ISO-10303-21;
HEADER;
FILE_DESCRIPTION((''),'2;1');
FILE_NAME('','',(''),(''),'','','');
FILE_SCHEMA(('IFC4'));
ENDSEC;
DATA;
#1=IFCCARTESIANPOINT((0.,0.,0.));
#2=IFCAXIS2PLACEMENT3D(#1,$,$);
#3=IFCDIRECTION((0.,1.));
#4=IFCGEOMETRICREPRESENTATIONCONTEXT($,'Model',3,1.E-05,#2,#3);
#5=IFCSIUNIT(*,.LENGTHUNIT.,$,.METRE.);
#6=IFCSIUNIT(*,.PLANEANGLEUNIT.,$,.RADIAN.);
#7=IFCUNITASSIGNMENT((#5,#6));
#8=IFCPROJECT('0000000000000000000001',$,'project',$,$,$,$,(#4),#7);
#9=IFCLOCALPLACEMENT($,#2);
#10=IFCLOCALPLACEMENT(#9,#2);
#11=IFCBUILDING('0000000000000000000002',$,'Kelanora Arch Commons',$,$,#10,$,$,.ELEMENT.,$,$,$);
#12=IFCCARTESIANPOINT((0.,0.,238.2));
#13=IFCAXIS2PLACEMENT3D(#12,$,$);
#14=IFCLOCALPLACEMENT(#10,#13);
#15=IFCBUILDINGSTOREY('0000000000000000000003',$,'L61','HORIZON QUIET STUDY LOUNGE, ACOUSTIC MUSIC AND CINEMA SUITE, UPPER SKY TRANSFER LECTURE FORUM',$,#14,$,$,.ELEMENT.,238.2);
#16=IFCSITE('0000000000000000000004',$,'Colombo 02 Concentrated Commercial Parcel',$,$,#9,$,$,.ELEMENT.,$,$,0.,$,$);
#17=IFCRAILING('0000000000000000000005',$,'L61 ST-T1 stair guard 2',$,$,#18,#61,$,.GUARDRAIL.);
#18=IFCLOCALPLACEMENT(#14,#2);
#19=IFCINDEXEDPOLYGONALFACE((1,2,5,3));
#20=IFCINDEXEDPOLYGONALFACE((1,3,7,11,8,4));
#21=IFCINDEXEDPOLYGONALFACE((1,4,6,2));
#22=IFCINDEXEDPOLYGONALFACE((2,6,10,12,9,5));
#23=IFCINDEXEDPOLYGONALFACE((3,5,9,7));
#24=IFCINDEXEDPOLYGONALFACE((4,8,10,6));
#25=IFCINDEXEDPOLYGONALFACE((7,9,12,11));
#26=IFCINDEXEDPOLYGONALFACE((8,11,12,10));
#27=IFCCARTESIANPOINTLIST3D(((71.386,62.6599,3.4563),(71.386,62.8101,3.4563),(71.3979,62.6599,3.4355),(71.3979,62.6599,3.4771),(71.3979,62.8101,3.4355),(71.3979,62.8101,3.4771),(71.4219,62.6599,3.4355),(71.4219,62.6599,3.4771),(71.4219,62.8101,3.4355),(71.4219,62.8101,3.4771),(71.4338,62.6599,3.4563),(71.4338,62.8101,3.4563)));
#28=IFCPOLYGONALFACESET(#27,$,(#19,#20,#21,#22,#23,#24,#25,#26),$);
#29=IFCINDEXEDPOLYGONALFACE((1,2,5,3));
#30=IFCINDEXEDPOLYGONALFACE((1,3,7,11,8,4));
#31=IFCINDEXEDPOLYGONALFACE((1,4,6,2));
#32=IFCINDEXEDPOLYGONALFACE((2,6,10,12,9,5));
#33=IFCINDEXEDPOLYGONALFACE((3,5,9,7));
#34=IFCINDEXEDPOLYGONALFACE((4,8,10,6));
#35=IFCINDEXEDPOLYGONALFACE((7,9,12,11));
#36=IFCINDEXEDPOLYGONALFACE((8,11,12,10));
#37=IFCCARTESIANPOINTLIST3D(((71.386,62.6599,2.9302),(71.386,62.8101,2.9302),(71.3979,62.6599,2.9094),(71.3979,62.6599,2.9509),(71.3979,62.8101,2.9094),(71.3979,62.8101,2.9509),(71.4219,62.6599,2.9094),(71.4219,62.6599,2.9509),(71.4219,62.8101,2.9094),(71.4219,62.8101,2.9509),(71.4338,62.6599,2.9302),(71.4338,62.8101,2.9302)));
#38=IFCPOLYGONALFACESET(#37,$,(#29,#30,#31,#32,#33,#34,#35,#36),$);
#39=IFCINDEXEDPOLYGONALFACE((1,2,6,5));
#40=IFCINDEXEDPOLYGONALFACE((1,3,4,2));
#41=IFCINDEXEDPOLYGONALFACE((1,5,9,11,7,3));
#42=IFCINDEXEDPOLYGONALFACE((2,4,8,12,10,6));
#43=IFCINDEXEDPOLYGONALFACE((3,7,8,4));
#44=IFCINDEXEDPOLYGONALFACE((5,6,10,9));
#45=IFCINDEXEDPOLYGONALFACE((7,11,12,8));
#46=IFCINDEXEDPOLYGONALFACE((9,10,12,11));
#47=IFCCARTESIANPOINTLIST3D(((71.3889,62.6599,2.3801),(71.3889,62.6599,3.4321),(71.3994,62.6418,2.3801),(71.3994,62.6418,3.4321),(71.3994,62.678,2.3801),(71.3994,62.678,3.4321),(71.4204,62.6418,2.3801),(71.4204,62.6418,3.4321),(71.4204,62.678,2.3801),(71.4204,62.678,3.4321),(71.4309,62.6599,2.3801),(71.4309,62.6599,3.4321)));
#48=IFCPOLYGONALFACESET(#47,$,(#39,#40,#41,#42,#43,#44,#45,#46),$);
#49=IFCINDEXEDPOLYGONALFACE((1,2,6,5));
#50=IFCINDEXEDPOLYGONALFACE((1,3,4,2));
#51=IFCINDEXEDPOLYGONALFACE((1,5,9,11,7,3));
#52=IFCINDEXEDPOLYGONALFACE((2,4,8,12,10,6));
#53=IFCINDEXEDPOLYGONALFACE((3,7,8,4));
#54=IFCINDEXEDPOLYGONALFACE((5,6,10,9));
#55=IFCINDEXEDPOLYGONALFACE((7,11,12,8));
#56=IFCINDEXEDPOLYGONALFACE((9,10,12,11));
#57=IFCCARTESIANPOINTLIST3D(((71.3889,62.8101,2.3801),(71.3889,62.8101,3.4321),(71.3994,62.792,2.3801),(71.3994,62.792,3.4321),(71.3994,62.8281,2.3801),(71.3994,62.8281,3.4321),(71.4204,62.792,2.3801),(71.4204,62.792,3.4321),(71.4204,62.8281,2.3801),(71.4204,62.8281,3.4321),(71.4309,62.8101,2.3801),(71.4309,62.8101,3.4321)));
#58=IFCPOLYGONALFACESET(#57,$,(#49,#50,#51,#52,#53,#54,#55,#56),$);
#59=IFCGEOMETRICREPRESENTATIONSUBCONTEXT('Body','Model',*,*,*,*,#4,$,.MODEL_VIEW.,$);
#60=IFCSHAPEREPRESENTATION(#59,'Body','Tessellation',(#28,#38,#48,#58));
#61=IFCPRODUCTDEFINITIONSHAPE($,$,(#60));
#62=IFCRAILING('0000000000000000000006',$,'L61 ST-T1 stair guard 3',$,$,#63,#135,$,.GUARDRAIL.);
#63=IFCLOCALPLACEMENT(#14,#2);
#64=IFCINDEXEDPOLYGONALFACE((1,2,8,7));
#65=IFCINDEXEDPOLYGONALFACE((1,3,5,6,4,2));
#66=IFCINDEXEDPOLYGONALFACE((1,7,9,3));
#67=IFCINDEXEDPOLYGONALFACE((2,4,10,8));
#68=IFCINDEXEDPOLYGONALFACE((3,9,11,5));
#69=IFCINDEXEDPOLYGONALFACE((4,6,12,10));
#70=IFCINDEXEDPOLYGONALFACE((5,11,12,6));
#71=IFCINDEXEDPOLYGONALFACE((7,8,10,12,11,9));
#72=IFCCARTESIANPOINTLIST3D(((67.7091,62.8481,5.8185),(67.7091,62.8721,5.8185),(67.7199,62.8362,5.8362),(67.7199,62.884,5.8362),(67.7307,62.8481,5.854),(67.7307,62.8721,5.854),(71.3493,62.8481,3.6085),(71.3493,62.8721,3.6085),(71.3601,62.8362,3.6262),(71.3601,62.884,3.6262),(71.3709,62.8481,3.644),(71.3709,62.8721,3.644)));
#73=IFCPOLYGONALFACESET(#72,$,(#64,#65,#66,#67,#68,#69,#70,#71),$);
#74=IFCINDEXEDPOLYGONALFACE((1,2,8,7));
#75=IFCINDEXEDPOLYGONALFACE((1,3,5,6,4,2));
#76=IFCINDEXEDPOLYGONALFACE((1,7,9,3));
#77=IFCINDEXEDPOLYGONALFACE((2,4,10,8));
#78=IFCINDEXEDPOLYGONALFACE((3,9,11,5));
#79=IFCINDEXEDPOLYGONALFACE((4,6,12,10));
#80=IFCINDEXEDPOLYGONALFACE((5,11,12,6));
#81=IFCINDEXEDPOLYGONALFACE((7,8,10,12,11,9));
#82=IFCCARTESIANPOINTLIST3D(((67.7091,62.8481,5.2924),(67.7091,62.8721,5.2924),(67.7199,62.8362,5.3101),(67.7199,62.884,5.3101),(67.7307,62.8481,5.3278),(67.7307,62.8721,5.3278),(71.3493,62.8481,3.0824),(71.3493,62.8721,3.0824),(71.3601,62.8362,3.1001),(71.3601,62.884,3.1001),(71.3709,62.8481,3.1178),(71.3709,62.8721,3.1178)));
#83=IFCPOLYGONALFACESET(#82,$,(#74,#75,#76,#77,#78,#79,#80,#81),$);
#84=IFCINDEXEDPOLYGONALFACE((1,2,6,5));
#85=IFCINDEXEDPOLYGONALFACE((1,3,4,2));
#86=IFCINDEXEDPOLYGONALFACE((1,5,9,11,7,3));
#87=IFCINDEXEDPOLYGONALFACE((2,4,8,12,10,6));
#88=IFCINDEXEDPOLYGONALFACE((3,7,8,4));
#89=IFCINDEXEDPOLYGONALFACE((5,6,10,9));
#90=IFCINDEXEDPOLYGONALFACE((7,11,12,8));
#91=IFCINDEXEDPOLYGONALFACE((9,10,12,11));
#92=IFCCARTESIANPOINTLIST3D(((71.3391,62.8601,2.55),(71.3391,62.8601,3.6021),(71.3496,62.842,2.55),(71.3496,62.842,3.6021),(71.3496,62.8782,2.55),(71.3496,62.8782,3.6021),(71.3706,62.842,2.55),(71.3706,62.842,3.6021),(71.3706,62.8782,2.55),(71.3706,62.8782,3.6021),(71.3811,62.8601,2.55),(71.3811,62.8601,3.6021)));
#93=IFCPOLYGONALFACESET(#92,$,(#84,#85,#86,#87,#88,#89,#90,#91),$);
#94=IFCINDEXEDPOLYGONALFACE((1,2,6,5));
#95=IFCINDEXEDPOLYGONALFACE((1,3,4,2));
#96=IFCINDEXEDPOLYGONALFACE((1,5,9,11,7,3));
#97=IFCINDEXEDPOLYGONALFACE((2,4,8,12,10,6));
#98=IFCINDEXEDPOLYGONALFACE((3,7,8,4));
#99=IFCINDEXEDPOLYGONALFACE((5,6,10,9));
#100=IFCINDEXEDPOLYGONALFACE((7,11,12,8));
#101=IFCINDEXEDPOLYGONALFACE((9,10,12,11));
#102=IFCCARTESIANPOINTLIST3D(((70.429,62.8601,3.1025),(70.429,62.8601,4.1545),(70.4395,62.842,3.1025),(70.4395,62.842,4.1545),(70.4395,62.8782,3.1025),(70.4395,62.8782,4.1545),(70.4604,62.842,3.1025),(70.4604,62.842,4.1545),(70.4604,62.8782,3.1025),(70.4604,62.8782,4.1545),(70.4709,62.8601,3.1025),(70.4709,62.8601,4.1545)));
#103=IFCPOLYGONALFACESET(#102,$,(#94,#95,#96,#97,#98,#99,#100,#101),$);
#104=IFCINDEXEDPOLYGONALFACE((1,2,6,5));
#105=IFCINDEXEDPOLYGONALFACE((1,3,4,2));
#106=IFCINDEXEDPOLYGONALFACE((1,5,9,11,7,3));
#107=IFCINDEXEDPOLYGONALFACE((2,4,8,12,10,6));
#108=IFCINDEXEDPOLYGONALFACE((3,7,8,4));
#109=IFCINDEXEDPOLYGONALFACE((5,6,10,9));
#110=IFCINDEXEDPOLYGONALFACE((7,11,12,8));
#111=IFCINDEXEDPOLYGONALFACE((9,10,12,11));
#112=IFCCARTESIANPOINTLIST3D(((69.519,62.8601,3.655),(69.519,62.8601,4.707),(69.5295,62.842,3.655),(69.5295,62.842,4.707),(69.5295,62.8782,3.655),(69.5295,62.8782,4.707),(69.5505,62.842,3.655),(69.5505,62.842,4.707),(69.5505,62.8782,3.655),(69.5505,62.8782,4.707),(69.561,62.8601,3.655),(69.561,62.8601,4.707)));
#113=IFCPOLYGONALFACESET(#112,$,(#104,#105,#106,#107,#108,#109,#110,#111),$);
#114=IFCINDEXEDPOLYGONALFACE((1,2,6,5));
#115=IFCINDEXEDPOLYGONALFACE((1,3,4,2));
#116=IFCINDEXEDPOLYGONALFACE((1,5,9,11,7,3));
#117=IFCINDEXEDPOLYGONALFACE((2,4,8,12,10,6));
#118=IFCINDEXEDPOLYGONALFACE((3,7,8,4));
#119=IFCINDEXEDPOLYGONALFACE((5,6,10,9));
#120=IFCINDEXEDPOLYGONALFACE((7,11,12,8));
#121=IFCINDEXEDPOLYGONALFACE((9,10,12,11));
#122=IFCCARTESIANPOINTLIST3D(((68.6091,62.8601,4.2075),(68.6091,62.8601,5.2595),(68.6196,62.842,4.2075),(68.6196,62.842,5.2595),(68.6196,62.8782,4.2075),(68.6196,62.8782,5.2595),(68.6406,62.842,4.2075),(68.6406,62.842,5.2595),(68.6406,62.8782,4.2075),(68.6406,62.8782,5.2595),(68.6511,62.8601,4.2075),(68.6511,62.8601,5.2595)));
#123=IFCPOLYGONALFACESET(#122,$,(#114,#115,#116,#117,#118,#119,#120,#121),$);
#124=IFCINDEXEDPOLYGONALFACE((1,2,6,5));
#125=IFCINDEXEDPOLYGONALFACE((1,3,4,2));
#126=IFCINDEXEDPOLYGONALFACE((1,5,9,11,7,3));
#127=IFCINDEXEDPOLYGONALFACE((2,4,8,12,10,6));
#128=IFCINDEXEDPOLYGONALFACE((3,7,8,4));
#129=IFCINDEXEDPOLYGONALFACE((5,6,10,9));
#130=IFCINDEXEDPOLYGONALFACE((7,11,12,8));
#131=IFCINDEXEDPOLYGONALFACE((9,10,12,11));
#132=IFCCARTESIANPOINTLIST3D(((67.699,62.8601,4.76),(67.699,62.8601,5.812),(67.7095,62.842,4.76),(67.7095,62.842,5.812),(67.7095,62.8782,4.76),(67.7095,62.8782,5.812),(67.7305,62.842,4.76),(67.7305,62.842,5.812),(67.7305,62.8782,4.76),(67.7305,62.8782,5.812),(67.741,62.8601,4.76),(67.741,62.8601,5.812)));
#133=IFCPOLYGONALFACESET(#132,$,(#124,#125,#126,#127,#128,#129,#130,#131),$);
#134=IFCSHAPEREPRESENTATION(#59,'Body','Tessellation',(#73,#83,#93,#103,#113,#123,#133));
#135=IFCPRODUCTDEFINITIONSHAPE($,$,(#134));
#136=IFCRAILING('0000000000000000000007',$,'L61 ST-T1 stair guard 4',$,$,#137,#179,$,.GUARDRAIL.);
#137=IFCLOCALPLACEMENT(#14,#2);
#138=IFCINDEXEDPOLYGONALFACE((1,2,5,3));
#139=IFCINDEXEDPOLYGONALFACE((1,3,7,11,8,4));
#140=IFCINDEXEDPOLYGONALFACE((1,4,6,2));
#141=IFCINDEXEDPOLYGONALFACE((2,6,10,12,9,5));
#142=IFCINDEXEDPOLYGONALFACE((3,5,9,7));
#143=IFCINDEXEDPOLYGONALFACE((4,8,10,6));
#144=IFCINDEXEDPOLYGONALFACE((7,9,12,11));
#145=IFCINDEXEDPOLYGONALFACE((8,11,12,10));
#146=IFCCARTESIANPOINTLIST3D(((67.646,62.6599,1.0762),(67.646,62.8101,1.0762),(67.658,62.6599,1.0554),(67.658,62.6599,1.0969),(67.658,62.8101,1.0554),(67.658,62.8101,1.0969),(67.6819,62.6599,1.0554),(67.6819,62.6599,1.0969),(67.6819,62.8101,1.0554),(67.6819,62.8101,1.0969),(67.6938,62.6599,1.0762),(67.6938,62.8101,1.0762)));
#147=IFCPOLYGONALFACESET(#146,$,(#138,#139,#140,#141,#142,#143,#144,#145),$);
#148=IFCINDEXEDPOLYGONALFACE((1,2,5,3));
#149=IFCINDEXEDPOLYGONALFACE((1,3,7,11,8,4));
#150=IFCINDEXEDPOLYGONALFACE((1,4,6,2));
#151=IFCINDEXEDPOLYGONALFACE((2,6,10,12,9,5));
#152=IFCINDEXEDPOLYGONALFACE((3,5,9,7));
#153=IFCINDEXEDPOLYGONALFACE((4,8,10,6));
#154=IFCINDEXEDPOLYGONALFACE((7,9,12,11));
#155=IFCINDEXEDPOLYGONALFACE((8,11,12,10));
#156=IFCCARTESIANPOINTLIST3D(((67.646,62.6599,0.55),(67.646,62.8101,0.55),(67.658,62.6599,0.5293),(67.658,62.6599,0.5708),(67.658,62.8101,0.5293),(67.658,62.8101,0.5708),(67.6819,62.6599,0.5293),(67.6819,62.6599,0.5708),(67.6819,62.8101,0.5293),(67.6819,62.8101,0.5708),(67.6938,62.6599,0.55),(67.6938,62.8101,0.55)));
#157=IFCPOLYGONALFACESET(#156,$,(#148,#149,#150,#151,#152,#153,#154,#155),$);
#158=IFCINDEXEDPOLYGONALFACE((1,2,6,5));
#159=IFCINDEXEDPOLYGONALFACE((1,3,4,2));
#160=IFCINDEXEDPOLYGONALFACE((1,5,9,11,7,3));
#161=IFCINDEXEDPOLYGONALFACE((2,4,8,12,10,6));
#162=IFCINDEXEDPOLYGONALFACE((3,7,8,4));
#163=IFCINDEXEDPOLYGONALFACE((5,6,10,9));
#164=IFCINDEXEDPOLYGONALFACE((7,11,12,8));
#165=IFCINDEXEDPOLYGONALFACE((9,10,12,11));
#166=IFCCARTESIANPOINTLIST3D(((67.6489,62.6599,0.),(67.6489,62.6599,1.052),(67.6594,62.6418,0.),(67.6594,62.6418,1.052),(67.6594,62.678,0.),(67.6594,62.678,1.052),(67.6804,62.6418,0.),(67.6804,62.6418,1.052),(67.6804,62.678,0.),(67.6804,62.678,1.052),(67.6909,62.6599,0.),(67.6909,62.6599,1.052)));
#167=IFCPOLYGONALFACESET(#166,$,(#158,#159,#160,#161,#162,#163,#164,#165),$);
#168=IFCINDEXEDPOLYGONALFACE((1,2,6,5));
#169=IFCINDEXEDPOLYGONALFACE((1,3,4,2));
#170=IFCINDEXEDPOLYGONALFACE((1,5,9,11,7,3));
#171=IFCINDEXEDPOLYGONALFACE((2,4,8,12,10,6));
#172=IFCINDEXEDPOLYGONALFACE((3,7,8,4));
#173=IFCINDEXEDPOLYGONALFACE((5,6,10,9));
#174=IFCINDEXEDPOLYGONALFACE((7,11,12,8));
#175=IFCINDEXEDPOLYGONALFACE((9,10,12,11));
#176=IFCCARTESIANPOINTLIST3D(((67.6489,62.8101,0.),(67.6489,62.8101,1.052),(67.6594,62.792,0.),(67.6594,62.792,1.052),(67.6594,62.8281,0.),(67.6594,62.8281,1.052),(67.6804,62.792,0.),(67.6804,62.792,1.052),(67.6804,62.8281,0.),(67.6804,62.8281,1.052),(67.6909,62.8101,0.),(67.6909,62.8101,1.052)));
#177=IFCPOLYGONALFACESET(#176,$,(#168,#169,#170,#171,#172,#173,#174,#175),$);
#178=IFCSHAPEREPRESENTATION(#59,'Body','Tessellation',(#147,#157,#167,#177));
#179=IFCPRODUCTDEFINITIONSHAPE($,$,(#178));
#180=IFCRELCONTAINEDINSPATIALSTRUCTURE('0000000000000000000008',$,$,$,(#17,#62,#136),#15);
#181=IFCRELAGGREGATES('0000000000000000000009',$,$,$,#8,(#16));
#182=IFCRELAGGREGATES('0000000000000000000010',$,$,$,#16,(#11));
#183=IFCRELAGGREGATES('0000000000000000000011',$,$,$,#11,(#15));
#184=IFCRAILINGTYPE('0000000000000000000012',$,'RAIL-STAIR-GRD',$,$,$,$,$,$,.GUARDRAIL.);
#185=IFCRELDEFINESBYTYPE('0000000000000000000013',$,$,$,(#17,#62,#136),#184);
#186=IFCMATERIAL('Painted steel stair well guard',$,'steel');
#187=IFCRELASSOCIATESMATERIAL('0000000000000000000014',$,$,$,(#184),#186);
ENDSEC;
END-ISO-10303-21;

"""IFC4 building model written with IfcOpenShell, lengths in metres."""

from ifc_helpers import new_model, si_unit, direction, frame, origin, place, context, subcontext, project, spatial, polyline, outline, extrude, material, type_object, element, save


model = new_model("IFC4")

# Units and contexts
model_context = context("Model", 3, precision=1e-05, world=origin(), true_north=direction((0.0, 1.0)))
body_context = subcontext(model_context, "Body", "Model", "MODEL_VIEW")
ifc_project = project(units=[si_unit("LENGTHUNIT", "METRE"), si_unit("PLANEANGLEUNIT", "RADIAN")], contexts=[model_context])

# Site, building, storey
site_placement = place(None, origin())
site = spatial("IfcSite", under=ifc_project, at=site_placement, Name="Colombo 02 Concentrated Commercial Parcel", CompositionType="ELEMENT", RefElevation=0.0)
building_placement = place(site_placement, origin())
building = spatial("IfcBuilding", under=site, at=building_placement, Name="Kelanora Arch Commons", CompositionType="ELEMENT")
storey_placement = place(building_placement, frame((0.0, 0.0, 238.2)))
storey = spatial("IfcBuildingStorey", under=building, at=storey_placement, Name="L61", Description="HORIZON QUIET STUDY LOUNGE, ACOUSTIC MUSIC AND CINEMA SUITE, UPPER SKY TRANSFER LECTURE FORUM", CompositionType="ELEMENT", Elevation=238.2)

# Railings
ifc_material_1 = material(Name="Painted steel stair well guard", Category="steel")
railing_type_1 = type_object("IfcRailingType", Name="RAIL-STAIR-GRD", PredefinedType="GUARDRAIL", material=ifc_material_1)
railing_1_placement = place(storey_placement, frame((71.4099, 62.6599, 2.3801)))
element("IfcRailing", 1, at=railing_1_placement, inside=storey, type_object=railing_type_1, Name="L61 ST-T1 stair guard 2", PredefinedType="GUARDRAIL", context=body_context, shape_type="SweptSolid", body=[
    extrude(outline(polyline([(0.0239, 0.0), (0.012, 0.0208), (-0.012, 0.0208), (-0.0239, 0.0), (-0.012, -0.0208), (0.012, -0.0208), (0.0239, 0.0)])), frame((0.0, 0.0, 1.0762), z_axis=(0.0, 1.0, 0.0), x_axis=(-1.0, 0.0, 0.0)), (0.0, 0.0, 1.0), 0.1501),
    extrude(outline(polyline([(0.0239, 0.0), (0.012, 0.0208), (-0.012, 0.0208), (-0.0239, 0.0), (-0.012, -0.0208), (0.012, -0.0208), (0.0239, 0.0)])), frame((0.0, 0.0, 0.55), z_axis=(0.0, 1.0, 0.0), x_axis=(-1.0, 0.0, 0.0)), (0.0, 0.0, 1.0), 0.1501),
    extrude(outline(polyline([(0.021, 0.0), (0.0105, 0.0181), (-0.0105, 0.0181), (-0.021, 0.0), (-0.0105, -0.0181), (0.0105, -0.0181), (0.021, 0.0)])), origin(), (0.0, 0.0, 1.0), 1.052),
    extrude(outline(polyline([(0.021, 0.0), (0.0105, 0.0181), (-0.0105, 0.0181), (-0.021, 0.0), (-0.0105, -0.0181), (0.0105, -0.0181), (0.021, 0.0)])), frame((0.0, 0.1501, 0.0)), (0.0, 0.0, 1.0), 1.052),
])
railing_2_placement = place(storey_placement, frame((71.3601, 62.8601, 2.55)))
element("IfcRailing", 2, at=railing_2_placement, inside=storey, type_object=railing_type_1, Name="L61 ST-T1 stair guard 3", PredefinedType="GUARDRAIL", context=body_context, shape_type="SweptSolid", body=[
    extrude(outline(polyline([(0.0239, 0.0), (0.012, 0.0208), (-0.012, 0.0208), (-0.0239, 0.0), (-0.012, -0.0208), (0.012, -0.0208), (0.0239, 0.0)])), frame((0.0, 0.0, 1.0762), z_axis=(-0.8548, 0.0, 0.518957), x_axis=(0.0, -1.0, 0.0)), (0.0, 0.0, 1.0), 4.2585),
    extrude(outline(polyline([(0.0239, 0.0), (0.012, 0.0208), (-0.012, 0.0208), (-0.0239, 0.0), (-0.012, -0.0208), (0.012, -0.0208), (0.0239, 0.0)])), frame((0.0, 0.0, 0.55), z_axis=(-0.8548, 0.0, 0.518957), x_axis=(0.0, -1.0, 0.0)), (0.0, 0.0, 1.0), 4.2585),
    extrude(outline(polyline([(0.021, 0.0), (0.0105, 0.0181), (-0.0105, 0.0181), (-0.021, 0.0), (-0.0105, -0.0181), (0.0105, -0.0181), (0.021, 0.0)])), origin(), (0.0, 0.0, 1.0), 1.052),
    extrude(outline(polyline([(0.021, 0.0), (0.0105, 0.0181), (-0.0105, 0.0181), (-0.021, 0.0), (-0.0105, -0.0181), (0.0105, -0.0181), (0.021, 0.0)])), frame((-0.9102, 0.0, 0.5525)), (0.0, 0.0, 1.0), 1.052),
    extrude(outline(polyline([(0.021, 0.0), (0.0105, 0.0181), (-0.0105, 0.0181), (-0.021, 0.0), (-0.0105, -0.0181), (0.0105, -0.0181), (0.021, 0.0)])), frame((-1.8201, 0.0, 1.105)), (0.0, 0.0, 1.0), 1.052),
    extrude(outline(polyline([(0.021, 0.0), (0.0105, 0.0181), (-0.0105, 0.0181), (-0.021, 0.0), (-0.0105, -0.0181), (0.0105, -0.0181), (0.021, 0.0)])), frame((-2.73, 0.0, 1.6575)), (0.0, 0.0, 1.0), 1.052),
    extrude(outline(polyline([(0.021, 0.0), (0.0105, 0.0181), (-0.0105, 0.0181), (-0.021, 0.0), (-0.0105, -0.0181), (0.0105, -0.0181), (0.021, 0.0)])), frame((-3.6401, 0.0, 2.21)), (0.0, 0.0, 1.0), 1.052),
])
railing_3_placement = place(storey_placement, frame((67.6699, 62.6599, 0.0)))
element("IfcRailing", 3, at=railing_3_placement, inside=storey, type_object=railing_type_1, Name="L61 ST-T1 stair guard 4", PredefinedType="GUARDRAIL", context=body_context, shape_type="SweptSolid", body=[
    extrude(outline(polyline([(0.0239, 0.0), (0.012, 0.0208), (-0.012, 0.0208), (-0.0239, 0.0), (-0.012, -0.0208), (0.012, -0.0208), (0.0239, 0.0)])), frame((0.0, 0.0, 1.0762), z_axis=(0.0, 1.0, 0.0), x_axis=(-1.0, 0.0, 0.0)), (0.0, 0.0, 1.0), 0.1501),
    extrude(outline(polyline([(0.0239, 0.0), (0.012, 0.0208), (-0.012, 0.0208), (-0.0239, 0.0), (-0.012, -0.0208), (0.012, -0.0208), (0.0239, 0.0)])), frame((0.0, 0.0, 0.55), z_axis=(0.0, 1.0, 0.0), x_axis=(-1.0, 0.0, 0.0)), (0.0, 0.0, 1.0), 0.1501),
    extrude(outline(polyline([(0.021, 0.0), (0.0105, 0.0181), (-0.0105, 0.0181), (-0.021, 0.0), (-0.0105, -0.0181), (0.0105, -0.0181), (0.021, 0.0)])), origin(), (0.0, 0.0, 1.0), 1.052),
    extrude(outline(polyline([(0.021, 0.0), (0.0105, 0.0181), (-0.0105, 0.0181), (-0.021, 0.0), (-0.0105, -0.0181), (0.0105, -0.0181), (0.021, 0.0)])), frame((0.0, 0.1501, 0.0)), (0.0, 0.0, 1.0), 1.052),
])

save(model, "model.ifc")
